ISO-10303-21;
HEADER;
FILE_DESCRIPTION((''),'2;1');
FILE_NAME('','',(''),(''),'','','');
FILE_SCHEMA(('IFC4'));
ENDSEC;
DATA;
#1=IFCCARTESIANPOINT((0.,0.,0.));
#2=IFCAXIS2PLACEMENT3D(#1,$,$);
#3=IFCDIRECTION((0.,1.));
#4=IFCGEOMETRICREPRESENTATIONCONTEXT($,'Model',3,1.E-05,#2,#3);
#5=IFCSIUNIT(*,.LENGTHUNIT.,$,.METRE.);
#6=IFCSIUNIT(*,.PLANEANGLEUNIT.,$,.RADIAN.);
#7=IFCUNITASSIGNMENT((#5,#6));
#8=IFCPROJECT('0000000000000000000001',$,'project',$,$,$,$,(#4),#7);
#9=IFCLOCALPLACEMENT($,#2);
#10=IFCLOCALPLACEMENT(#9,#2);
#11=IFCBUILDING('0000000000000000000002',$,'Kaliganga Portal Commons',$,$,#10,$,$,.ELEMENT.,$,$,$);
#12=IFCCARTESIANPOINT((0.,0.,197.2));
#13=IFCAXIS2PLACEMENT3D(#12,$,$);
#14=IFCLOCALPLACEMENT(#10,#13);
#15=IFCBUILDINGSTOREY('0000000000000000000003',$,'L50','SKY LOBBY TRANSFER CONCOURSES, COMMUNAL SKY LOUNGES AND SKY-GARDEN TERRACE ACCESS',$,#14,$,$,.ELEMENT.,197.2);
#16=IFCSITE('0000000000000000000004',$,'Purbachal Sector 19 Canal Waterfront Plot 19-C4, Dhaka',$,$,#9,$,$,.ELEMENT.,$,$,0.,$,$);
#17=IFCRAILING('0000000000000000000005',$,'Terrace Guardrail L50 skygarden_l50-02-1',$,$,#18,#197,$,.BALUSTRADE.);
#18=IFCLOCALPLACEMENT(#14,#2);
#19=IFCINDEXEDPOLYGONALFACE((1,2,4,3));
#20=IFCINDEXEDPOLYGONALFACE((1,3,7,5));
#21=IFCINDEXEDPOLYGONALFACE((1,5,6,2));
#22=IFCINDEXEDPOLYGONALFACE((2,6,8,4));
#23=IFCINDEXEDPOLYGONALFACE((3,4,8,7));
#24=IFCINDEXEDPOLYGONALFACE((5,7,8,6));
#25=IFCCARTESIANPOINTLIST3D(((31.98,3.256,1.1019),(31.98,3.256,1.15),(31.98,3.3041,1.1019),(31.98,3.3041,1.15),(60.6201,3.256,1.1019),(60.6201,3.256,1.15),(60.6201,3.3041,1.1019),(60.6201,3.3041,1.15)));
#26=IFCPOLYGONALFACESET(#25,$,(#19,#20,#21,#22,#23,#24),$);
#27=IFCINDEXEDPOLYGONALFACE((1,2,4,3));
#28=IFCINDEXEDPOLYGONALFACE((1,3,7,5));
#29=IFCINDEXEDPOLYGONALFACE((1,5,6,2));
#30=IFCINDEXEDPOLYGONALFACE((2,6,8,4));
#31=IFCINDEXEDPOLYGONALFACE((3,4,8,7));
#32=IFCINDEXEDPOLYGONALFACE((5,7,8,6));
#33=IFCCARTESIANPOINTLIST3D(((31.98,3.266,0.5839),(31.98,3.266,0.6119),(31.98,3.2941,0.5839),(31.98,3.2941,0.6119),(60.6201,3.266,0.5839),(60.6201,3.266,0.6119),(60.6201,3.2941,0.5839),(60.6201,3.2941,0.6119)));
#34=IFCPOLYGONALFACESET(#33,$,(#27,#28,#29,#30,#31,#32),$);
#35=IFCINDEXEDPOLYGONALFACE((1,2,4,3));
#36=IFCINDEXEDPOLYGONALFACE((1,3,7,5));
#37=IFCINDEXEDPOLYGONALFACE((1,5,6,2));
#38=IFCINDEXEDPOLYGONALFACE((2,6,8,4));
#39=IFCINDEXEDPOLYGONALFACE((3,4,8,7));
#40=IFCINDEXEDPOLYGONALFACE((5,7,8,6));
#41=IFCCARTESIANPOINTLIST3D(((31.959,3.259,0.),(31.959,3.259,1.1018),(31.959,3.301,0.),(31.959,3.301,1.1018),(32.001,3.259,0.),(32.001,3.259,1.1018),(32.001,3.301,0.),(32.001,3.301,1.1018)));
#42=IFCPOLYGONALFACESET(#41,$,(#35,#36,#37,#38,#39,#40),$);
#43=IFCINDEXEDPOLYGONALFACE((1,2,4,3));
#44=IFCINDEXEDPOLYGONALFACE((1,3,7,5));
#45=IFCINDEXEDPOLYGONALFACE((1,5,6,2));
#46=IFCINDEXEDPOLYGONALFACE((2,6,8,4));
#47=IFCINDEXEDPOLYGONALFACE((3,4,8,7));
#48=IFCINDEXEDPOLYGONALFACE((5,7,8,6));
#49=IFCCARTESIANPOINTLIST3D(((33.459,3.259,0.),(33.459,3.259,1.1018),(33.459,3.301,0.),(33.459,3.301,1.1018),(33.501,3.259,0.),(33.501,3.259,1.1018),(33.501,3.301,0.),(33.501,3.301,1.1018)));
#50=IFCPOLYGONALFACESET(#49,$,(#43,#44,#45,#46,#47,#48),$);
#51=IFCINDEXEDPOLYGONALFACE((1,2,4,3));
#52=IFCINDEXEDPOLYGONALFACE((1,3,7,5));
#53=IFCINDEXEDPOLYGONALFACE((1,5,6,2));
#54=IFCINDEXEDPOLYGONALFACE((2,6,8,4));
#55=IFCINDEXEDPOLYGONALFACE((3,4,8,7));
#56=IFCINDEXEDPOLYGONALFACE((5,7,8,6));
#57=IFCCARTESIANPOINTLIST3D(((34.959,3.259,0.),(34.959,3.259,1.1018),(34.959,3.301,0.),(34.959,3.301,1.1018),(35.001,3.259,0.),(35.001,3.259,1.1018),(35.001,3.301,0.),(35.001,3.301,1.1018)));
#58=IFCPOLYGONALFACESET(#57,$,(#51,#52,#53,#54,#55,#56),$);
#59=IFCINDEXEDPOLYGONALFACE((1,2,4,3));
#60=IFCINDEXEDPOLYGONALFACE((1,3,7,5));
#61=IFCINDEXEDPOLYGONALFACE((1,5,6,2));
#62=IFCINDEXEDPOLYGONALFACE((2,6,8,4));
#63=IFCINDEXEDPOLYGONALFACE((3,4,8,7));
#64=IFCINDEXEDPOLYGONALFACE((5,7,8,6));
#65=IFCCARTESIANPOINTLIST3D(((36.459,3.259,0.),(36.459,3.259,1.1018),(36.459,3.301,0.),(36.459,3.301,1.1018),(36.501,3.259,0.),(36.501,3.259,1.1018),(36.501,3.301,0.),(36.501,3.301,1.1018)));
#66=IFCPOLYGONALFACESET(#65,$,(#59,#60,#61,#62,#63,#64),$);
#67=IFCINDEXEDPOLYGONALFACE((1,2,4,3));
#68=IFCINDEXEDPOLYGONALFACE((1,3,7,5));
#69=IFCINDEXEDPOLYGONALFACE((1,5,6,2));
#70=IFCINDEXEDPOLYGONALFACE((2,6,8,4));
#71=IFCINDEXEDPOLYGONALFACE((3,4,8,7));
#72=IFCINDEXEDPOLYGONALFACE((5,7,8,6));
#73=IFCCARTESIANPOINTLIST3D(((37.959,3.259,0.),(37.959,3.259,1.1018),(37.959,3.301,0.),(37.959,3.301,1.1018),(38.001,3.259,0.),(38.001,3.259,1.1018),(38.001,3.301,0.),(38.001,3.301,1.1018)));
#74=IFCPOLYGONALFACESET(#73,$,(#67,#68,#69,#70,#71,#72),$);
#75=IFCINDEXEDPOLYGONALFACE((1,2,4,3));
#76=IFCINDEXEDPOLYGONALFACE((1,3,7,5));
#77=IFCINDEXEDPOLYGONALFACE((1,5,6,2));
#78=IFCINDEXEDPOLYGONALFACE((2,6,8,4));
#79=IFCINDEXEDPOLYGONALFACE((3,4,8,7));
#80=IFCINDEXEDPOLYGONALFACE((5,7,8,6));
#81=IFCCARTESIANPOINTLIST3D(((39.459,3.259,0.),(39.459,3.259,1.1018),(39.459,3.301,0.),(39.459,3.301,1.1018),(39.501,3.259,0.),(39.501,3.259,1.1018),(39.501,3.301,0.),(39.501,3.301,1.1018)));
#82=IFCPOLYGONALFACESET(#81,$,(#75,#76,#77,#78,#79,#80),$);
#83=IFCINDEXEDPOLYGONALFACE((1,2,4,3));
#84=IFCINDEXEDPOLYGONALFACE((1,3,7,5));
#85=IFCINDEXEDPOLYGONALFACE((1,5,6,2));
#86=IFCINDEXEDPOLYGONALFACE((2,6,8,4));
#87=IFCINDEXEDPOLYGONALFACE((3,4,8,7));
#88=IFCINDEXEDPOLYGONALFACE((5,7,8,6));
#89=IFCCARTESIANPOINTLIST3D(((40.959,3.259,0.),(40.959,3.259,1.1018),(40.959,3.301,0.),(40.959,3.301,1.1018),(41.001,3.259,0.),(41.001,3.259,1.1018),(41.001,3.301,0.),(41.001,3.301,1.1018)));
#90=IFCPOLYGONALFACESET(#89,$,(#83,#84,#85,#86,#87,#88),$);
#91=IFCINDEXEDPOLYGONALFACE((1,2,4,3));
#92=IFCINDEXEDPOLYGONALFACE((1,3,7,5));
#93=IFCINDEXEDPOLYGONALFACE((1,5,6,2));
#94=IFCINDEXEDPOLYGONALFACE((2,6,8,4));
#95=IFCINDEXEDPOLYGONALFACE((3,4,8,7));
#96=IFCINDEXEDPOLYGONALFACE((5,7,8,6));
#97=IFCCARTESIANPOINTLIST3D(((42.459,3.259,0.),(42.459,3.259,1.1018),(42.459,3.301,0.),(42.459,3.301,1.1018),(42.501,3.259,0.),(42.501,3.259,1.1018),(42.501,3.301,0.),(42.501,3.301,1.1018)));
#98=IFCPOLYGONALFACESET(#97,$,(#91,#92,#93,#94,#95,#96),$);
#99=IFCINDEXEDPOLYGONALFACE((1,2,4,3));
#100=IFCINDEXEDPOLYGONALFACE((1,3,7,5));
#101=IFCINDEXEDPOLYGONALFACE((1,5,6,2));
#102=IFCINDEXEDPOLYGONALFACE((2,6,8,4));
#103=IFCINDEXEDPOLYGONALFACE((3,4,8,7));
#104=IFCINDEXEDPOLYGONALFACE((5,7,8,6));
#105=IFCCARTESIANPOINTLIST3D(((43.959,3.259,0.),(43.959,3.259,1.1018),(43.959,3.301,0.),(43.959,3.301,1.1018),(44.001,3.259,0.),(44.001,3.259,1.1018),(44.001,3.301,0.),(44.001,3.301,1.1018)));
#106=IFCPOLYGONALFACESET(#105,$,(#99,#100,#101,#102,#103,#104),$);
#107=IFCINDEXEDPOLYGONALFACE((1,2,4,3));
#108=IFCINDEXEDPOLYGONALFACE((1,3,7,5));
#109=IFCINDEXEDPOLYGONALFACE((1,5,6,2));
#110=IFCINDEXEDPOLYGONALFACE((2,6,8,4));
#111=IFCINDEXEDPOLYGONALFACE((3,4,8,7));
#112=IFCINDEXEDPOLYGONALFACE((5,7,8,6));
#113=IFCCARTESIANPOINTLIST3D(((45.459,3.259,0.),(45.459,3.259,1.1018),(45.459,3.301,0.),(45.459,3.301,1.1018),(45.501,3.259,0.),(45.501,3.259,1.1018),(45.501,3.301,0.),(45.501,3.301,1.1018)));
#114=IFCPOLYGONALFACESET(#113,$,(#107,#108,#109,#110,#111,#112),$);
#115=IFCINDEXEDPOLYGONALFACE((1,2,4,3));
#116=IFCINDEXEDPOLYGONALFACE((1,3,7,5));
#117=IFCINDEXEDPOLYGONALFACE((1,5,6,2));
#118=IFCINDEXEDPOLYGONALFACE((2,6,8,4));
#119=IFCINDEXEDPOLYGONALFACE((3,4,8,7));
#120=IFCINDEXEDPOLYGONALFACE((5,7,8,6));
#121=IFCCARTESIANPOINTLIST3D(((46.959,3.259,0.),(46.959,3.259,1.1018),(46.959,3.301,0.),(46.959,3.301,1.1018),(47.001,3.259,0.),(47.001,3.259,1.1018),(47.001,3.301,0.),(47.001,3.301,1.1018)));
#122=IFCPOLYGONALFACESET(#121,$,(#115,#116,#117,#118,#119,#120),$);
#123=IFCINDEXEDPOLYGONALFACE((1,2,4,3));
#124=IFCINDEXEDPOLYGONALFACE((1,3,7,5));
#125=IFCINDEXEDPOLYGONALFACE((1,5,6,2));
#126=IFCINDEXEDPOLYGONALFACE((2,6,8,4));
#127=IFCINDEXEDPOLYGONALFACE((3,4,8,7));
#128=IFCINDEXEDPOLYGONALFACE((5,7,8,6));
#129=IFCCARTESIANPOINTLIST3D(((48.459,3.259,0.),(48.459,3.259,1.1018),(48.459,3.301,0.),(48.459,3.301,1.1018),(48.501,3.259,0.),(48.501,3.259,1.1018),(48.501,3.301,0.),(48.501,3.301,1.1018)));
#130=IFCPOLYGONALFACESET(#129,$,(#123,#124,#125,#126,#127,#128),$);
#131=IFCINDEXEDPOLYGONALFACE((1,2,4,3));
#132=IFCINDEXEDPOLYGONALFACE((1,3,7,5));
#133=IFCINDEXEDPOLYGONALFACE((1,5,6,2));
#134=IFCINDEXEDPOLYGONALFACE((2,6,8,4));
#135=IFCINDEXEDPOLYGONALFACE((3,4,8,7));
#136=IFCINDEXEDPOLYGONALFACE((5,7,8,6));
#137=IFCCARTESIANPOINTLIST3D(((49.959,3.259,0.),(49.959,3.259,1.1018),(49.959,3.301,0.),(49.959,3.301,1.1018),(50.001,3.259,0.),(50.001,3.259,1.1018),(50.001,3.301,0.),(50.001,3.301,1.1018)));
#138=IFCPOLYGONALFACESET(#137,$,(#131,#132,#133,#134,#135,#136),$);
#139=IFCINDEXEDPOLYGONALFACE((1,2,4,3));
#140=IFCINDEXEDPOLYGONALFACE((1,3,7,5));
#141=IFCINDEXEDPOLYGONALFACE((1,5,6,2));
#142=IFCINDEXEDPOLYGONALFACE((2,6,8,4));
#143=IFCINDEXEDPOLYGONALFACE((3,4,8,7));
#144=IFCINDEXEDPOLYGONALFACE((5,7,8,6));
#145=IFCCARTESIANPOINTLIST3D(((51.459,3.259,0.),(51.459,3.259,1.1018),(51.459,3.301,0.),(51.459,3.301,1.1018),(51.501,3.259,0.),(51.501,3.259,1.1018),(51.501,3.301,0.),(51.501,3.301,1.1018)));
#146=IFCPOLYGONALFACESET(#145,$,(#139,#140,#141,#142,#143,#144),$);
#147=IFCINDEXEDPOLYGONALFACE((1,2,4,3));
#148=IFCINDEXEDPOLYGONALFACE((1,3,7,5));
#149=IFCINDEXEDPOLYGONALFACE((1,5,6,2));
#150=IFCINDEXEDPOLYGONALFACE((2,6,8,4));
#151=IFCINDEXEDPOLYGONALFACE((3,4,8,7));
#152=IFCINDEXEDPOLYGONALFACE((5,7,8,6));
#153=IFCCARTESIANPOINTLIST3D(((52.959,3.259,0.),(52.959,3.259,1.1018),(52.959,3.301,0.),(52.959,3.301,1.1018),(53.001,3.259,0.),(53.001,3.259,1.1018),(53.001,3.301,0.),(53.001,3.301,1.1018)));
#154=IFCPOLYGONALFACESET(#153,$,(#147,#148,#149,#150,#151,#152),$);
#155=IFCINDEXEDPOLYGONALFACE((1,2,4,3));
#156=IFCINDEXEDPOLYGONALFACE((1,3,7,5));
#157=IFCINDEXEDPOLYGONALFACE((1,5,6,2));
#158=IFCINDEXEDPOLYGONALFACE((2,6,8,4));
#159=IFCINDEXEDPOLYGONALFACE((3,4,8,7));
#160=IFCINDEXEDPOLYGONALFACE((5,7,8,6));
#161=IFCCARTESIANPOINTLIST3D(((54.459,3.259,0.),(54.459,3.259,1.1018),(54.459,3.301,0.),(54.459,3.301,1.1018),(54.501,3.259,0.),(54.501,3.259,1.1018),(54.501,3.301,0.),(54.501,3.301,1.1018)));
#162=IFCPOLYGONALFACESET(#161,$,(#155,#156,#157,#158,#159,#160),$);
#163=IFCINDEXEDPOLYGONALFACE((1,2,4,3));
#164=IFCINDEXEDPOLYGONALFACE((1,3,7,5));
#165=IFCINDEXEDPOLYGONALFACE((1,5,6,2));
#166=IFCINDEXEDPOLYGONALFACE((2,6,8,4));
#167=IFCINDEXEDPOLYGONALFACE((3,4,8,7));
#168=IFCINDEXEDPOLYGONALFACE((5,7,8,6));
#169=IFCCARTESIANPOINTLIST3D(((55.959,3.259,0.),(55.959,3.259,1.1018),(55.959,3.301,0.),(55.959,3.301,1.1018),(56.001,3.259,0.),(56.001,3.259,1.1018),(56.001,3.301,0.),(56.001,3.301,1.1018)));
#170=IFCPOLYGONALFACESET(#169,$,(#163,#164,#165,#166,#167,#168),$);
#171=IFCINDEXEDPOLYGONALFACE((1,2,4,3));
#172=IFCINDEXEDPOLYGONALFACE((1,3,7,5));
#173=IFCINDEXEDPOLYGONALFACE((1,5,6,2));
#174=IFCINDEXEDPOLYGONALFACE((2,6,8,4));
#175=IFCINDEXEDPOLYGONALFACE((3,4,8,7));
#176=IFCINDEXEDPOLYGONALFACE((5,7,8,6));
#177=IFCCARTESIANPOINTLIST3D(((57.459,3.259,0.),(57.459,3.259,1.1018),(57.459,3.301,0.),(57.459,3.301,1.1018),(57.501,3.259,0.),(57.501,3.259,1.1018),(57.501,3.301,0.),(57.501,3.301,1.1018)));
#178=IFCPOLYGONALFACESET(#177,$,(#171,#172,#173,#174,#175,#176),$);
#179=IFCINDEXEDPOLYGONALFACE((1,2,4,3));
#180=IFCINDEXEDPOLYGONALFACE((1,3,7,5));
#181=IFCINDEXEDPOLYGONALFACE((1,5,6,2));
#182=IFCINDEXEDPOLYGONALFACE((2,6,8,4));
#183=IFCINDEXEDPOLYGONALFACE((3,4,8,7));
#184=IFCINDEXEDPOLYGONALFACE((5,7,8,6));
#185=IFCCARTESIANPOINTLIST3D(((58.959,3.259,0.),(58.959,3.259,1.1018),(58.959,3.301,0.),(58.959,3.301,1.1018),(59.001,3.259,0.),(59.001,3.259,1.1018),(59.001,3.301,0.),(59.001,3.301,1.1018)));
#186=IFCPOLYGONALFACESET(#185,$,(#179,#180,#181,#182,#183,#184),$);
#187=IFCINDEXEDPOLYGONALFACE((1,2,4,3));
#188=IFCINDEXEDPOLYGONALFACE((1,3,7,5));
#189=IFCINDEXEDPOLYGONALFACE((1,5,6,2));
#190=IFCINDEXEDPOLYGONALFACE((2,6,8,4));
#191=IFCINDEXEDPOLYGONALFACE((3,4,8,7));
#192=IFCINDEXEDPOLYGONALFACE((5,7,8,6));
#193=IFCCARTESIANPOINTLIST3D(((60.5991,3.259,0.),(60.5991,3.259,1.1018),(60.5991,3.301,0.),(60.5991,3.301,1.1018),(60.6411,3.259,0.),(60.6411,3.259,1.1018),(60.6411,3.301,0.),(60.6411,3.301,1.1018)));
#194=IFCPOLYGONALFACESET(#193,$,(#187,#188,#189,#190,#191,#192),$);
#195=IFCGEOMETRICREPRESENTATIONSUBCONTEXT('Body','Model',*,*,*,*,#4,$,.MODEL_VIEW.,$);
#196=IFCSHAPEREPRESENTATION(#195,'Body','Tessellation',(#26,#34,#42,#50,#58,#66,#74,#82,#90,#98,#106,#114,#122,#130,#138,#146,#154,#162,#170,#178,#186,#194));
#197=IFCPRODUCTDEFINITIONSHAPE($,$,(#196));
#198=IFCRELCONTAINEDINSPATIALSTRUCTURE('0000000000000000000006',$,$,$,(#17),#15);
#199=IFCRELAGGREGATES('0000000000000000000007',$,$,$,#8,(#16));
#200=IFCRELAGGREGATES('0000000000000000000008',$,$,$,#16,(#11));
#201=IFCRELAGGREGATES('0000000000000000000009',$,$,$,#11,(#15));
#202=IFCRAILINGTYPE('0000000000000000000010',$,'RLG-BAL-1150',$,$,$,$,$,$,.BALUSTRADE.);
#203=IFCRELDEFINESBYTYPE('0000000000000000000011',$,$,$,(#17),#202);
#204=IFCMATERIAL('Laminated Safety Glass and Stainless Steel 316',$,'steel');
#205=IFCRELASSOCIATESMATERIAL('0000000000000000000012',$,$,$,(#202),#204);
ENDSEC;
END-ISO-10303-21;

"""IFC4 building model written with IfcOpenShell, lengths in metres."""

from ifc_helpers import new_model, si_unit, direction, frame, origin, origin_2d, place, context, subcontext, project, spatial, rectangle, extrude, material, type_object, element, save


model = new_model("IFC4")

# Units and contexts
model_context = context("Model", 3, precision=1e-05, world=origin(), true_north=direction((0.0, 1.0)))
body_context = subcontext(model_context, "Body", "Model", "MODEL_VIEW")
ifc_project = project(units=[si_unit("LENGTHUNIT", "METRE"), si_unit("PLANEANGLEUNIT", "RADIAN")], contexts=[model_context])

# Site, building, storey
site_placement = place(None, origin())
site = spatial("IfcSite", under=ifc_project, at=site_placement, Name="Purbachal Sector 19 Canal Waterfront Plot 19-C4, Dhaka", CompositionType="ELEMENT", RefElevation=0.0)
building_placement = place(site_placement, origin())
building = spatial("IfcBuilding", under=site, at=building_placement, Name="Kaliganga Portal Commons", CompositionType="ELEMENT")
storey_placement = place(building_placement, frame((0.0, 0.0, 197.2)))
storey = spatial("IfcBuildingStorey", under=building, at=storey_placement, Name="L50", Description="SKY LOBBY TRANSFER CONCOURSES, COMMUNAL SKY LOUNGES AND SKY-GARDEN TERRACE ACCESS", CompositionType="ELEMENT", Elevation=197.2)

# Railing
ifc_material_1 = material(Name="Laminated Safety Glass and Stainless Steel 316", Category="steel")
railing_type = type_object("IfcRailingType", Name="RLG-BAL-1150", PredefinedType="BALUSTRADE", material=ifc_material_1)
railing_1_placement = place(storey_placement, frame((31.98, 3.28, 0.0)))
element("IfcRailing", 1, at=railing_1_placement, inside=storey, type_object=railing_type, Name="Terrace Guardrail L50 skygarden_l50-02-1", PredefinedType="BALUSTRADE", context=body_context, shape_type="SweptSolid", body=[
    extrude(rectangle(XDim=0.0481, YDim=0.0481, at=origin_2d()), frame((0.0, 0.0, 1.126), z_axis=(1.0, 0.0, 0.0), x_axis=(0.0, 1.0, 0.0)), (0.0, 0.0, 1.0), 28.6401),
    extrude(rectangle(XDim=0.0281, YDim=0.0281, at=origin_2d()), frame((0.0, 0.0, 0.5979), z_axis=(1.0, 0.0, 0.0), x_axis=(0.0, 1.0, 0.0)), (0.0, 0.0, 1.0), 28.6401),
    extrude(rectangle(XDim=0.042, YDim=0.042, at=origin_2d()), origin(), (0.0, 0.0, 1.0), 1.1018),
    extrude(rectangle(XDim=0.042, YDim=0.042, at=origin_2d()), frame((1.5, 0.0, 0.0)), (0.0, 0.0, 1.0), 1.1018),
    extrude(rectangle(XDim=0.042, YDim=0.042, at=origin_2d()), frame((3.0, 0.0, 0.0)), (0.0, 0.0, 1.0), 1.1018),
    extrude(rectangle(XDim=0.042, YDim=0.042, at=origin_2d()), frame((4.5, 0.0, 0.0)), (0.0, 0.0, 1.0), 1.1018),
    extrude(rectangle(XDim=0.042, YDim=0.042, at=origin_2d()), frame((6.0, 0.0, 0.0)), (0.0, 0.0, 1.0), 1.1018),
    extrude(rectangle(XDim=0.042, YDim=0.042, at=origin_2d()), frame((7.5, 0.0, 0.0)), (0.0, 0.0, 1.0), 1.1018),
    extrude(rectangle(XDim=0.042, YDim=0.042, at=origin_2d()), frame((9.0, 0.0, 0.0)), (0.0, 0.0, 1.0), 1.1018),
    extrude(rectangle(XDim=0.042, YDim=0.042, at=origin_2d()), frame((10.5, 0.0, 0.0)), (0.0, 0.0, 1.0), 1.1018),
    extrude(rectangle(XDim=0.042, YDim=0.042, at=origin_2d()), frame((12.0, 0.0, 0.0)), (0.0, 0.0, 1.0), 1.1018),
    extrude(rectangle(XDim=0.042, YDim=0.042, at=origin_2d()), frame((13.5, 0.0, 0.0)), (0.0, 0.0, 1.0), 1.1018),
    extrude(rectangle(XDim=0.042, YDim=0.042, at=origin_2d()), frame((15.0, 0.0, 0.0)), (0.0, 0.0, 1.0), 1.1018),
    extrude(rectangle(XDim=0.042, YDim=0.042, at=origin_2d()), frame((16.5, 0.0, 0.0)), (0.0, 0.0, 1.0), 1.1018),
    extrude(rectangle(XDim=0.042, YDim=0.042, at=origin_2d()), frame((18.0, 0.0, 0.0)), (0.0, 0.0, 1.0), 1.1018),
    extrude(rectangle(XDim=0.042, YDim=0.042, at=origin_2d()), frame((19.5, 0.0, 0.0)), (0.0, 0.0, 1.0), 1.1018),
    extrude(rectangle(XDim=0.042, YDim=0.042, at=origin_2d()), frame((21.0, 0.0, 0.0)), (0.0, 0.0, 1.0), 1.1018),
    extrude(rectangle(XDim=0.042, YDim=0.042, at=origin_2d()), frame((22.5, 0.0, 0.0)), (0.0, 0.0, 1.0), 1.1018),
    extrude(rectangle(XDim=0.042, YDim=0.042, at=origin_2d()), frame((24.0, 0.0, 0.0)), (0.0, 0.0, 1.0), 1.1018),
    extrude(rectangle(XDim=0.042, YDim=0.042, at=origin_2d()), frame((25.5, 0.0, 0.0)), (0.0, 0.0, 1.0), 1.1018),
    extrude(rectangle(XDim=0.042, YDim=0.042, at=origin_2d()), frame((27.0, 0.0, 0.0)), (0.0, 0.0, 1.0), 1.1018),
    extrude(rectangle(XDim=0.042, YDim=0.042, at=origin_2d()), frame((28.6401, 0.0, 0.0)), (0.0, 0.0, 1.0), 1.1018),
])

save(model, "model.ifc")
